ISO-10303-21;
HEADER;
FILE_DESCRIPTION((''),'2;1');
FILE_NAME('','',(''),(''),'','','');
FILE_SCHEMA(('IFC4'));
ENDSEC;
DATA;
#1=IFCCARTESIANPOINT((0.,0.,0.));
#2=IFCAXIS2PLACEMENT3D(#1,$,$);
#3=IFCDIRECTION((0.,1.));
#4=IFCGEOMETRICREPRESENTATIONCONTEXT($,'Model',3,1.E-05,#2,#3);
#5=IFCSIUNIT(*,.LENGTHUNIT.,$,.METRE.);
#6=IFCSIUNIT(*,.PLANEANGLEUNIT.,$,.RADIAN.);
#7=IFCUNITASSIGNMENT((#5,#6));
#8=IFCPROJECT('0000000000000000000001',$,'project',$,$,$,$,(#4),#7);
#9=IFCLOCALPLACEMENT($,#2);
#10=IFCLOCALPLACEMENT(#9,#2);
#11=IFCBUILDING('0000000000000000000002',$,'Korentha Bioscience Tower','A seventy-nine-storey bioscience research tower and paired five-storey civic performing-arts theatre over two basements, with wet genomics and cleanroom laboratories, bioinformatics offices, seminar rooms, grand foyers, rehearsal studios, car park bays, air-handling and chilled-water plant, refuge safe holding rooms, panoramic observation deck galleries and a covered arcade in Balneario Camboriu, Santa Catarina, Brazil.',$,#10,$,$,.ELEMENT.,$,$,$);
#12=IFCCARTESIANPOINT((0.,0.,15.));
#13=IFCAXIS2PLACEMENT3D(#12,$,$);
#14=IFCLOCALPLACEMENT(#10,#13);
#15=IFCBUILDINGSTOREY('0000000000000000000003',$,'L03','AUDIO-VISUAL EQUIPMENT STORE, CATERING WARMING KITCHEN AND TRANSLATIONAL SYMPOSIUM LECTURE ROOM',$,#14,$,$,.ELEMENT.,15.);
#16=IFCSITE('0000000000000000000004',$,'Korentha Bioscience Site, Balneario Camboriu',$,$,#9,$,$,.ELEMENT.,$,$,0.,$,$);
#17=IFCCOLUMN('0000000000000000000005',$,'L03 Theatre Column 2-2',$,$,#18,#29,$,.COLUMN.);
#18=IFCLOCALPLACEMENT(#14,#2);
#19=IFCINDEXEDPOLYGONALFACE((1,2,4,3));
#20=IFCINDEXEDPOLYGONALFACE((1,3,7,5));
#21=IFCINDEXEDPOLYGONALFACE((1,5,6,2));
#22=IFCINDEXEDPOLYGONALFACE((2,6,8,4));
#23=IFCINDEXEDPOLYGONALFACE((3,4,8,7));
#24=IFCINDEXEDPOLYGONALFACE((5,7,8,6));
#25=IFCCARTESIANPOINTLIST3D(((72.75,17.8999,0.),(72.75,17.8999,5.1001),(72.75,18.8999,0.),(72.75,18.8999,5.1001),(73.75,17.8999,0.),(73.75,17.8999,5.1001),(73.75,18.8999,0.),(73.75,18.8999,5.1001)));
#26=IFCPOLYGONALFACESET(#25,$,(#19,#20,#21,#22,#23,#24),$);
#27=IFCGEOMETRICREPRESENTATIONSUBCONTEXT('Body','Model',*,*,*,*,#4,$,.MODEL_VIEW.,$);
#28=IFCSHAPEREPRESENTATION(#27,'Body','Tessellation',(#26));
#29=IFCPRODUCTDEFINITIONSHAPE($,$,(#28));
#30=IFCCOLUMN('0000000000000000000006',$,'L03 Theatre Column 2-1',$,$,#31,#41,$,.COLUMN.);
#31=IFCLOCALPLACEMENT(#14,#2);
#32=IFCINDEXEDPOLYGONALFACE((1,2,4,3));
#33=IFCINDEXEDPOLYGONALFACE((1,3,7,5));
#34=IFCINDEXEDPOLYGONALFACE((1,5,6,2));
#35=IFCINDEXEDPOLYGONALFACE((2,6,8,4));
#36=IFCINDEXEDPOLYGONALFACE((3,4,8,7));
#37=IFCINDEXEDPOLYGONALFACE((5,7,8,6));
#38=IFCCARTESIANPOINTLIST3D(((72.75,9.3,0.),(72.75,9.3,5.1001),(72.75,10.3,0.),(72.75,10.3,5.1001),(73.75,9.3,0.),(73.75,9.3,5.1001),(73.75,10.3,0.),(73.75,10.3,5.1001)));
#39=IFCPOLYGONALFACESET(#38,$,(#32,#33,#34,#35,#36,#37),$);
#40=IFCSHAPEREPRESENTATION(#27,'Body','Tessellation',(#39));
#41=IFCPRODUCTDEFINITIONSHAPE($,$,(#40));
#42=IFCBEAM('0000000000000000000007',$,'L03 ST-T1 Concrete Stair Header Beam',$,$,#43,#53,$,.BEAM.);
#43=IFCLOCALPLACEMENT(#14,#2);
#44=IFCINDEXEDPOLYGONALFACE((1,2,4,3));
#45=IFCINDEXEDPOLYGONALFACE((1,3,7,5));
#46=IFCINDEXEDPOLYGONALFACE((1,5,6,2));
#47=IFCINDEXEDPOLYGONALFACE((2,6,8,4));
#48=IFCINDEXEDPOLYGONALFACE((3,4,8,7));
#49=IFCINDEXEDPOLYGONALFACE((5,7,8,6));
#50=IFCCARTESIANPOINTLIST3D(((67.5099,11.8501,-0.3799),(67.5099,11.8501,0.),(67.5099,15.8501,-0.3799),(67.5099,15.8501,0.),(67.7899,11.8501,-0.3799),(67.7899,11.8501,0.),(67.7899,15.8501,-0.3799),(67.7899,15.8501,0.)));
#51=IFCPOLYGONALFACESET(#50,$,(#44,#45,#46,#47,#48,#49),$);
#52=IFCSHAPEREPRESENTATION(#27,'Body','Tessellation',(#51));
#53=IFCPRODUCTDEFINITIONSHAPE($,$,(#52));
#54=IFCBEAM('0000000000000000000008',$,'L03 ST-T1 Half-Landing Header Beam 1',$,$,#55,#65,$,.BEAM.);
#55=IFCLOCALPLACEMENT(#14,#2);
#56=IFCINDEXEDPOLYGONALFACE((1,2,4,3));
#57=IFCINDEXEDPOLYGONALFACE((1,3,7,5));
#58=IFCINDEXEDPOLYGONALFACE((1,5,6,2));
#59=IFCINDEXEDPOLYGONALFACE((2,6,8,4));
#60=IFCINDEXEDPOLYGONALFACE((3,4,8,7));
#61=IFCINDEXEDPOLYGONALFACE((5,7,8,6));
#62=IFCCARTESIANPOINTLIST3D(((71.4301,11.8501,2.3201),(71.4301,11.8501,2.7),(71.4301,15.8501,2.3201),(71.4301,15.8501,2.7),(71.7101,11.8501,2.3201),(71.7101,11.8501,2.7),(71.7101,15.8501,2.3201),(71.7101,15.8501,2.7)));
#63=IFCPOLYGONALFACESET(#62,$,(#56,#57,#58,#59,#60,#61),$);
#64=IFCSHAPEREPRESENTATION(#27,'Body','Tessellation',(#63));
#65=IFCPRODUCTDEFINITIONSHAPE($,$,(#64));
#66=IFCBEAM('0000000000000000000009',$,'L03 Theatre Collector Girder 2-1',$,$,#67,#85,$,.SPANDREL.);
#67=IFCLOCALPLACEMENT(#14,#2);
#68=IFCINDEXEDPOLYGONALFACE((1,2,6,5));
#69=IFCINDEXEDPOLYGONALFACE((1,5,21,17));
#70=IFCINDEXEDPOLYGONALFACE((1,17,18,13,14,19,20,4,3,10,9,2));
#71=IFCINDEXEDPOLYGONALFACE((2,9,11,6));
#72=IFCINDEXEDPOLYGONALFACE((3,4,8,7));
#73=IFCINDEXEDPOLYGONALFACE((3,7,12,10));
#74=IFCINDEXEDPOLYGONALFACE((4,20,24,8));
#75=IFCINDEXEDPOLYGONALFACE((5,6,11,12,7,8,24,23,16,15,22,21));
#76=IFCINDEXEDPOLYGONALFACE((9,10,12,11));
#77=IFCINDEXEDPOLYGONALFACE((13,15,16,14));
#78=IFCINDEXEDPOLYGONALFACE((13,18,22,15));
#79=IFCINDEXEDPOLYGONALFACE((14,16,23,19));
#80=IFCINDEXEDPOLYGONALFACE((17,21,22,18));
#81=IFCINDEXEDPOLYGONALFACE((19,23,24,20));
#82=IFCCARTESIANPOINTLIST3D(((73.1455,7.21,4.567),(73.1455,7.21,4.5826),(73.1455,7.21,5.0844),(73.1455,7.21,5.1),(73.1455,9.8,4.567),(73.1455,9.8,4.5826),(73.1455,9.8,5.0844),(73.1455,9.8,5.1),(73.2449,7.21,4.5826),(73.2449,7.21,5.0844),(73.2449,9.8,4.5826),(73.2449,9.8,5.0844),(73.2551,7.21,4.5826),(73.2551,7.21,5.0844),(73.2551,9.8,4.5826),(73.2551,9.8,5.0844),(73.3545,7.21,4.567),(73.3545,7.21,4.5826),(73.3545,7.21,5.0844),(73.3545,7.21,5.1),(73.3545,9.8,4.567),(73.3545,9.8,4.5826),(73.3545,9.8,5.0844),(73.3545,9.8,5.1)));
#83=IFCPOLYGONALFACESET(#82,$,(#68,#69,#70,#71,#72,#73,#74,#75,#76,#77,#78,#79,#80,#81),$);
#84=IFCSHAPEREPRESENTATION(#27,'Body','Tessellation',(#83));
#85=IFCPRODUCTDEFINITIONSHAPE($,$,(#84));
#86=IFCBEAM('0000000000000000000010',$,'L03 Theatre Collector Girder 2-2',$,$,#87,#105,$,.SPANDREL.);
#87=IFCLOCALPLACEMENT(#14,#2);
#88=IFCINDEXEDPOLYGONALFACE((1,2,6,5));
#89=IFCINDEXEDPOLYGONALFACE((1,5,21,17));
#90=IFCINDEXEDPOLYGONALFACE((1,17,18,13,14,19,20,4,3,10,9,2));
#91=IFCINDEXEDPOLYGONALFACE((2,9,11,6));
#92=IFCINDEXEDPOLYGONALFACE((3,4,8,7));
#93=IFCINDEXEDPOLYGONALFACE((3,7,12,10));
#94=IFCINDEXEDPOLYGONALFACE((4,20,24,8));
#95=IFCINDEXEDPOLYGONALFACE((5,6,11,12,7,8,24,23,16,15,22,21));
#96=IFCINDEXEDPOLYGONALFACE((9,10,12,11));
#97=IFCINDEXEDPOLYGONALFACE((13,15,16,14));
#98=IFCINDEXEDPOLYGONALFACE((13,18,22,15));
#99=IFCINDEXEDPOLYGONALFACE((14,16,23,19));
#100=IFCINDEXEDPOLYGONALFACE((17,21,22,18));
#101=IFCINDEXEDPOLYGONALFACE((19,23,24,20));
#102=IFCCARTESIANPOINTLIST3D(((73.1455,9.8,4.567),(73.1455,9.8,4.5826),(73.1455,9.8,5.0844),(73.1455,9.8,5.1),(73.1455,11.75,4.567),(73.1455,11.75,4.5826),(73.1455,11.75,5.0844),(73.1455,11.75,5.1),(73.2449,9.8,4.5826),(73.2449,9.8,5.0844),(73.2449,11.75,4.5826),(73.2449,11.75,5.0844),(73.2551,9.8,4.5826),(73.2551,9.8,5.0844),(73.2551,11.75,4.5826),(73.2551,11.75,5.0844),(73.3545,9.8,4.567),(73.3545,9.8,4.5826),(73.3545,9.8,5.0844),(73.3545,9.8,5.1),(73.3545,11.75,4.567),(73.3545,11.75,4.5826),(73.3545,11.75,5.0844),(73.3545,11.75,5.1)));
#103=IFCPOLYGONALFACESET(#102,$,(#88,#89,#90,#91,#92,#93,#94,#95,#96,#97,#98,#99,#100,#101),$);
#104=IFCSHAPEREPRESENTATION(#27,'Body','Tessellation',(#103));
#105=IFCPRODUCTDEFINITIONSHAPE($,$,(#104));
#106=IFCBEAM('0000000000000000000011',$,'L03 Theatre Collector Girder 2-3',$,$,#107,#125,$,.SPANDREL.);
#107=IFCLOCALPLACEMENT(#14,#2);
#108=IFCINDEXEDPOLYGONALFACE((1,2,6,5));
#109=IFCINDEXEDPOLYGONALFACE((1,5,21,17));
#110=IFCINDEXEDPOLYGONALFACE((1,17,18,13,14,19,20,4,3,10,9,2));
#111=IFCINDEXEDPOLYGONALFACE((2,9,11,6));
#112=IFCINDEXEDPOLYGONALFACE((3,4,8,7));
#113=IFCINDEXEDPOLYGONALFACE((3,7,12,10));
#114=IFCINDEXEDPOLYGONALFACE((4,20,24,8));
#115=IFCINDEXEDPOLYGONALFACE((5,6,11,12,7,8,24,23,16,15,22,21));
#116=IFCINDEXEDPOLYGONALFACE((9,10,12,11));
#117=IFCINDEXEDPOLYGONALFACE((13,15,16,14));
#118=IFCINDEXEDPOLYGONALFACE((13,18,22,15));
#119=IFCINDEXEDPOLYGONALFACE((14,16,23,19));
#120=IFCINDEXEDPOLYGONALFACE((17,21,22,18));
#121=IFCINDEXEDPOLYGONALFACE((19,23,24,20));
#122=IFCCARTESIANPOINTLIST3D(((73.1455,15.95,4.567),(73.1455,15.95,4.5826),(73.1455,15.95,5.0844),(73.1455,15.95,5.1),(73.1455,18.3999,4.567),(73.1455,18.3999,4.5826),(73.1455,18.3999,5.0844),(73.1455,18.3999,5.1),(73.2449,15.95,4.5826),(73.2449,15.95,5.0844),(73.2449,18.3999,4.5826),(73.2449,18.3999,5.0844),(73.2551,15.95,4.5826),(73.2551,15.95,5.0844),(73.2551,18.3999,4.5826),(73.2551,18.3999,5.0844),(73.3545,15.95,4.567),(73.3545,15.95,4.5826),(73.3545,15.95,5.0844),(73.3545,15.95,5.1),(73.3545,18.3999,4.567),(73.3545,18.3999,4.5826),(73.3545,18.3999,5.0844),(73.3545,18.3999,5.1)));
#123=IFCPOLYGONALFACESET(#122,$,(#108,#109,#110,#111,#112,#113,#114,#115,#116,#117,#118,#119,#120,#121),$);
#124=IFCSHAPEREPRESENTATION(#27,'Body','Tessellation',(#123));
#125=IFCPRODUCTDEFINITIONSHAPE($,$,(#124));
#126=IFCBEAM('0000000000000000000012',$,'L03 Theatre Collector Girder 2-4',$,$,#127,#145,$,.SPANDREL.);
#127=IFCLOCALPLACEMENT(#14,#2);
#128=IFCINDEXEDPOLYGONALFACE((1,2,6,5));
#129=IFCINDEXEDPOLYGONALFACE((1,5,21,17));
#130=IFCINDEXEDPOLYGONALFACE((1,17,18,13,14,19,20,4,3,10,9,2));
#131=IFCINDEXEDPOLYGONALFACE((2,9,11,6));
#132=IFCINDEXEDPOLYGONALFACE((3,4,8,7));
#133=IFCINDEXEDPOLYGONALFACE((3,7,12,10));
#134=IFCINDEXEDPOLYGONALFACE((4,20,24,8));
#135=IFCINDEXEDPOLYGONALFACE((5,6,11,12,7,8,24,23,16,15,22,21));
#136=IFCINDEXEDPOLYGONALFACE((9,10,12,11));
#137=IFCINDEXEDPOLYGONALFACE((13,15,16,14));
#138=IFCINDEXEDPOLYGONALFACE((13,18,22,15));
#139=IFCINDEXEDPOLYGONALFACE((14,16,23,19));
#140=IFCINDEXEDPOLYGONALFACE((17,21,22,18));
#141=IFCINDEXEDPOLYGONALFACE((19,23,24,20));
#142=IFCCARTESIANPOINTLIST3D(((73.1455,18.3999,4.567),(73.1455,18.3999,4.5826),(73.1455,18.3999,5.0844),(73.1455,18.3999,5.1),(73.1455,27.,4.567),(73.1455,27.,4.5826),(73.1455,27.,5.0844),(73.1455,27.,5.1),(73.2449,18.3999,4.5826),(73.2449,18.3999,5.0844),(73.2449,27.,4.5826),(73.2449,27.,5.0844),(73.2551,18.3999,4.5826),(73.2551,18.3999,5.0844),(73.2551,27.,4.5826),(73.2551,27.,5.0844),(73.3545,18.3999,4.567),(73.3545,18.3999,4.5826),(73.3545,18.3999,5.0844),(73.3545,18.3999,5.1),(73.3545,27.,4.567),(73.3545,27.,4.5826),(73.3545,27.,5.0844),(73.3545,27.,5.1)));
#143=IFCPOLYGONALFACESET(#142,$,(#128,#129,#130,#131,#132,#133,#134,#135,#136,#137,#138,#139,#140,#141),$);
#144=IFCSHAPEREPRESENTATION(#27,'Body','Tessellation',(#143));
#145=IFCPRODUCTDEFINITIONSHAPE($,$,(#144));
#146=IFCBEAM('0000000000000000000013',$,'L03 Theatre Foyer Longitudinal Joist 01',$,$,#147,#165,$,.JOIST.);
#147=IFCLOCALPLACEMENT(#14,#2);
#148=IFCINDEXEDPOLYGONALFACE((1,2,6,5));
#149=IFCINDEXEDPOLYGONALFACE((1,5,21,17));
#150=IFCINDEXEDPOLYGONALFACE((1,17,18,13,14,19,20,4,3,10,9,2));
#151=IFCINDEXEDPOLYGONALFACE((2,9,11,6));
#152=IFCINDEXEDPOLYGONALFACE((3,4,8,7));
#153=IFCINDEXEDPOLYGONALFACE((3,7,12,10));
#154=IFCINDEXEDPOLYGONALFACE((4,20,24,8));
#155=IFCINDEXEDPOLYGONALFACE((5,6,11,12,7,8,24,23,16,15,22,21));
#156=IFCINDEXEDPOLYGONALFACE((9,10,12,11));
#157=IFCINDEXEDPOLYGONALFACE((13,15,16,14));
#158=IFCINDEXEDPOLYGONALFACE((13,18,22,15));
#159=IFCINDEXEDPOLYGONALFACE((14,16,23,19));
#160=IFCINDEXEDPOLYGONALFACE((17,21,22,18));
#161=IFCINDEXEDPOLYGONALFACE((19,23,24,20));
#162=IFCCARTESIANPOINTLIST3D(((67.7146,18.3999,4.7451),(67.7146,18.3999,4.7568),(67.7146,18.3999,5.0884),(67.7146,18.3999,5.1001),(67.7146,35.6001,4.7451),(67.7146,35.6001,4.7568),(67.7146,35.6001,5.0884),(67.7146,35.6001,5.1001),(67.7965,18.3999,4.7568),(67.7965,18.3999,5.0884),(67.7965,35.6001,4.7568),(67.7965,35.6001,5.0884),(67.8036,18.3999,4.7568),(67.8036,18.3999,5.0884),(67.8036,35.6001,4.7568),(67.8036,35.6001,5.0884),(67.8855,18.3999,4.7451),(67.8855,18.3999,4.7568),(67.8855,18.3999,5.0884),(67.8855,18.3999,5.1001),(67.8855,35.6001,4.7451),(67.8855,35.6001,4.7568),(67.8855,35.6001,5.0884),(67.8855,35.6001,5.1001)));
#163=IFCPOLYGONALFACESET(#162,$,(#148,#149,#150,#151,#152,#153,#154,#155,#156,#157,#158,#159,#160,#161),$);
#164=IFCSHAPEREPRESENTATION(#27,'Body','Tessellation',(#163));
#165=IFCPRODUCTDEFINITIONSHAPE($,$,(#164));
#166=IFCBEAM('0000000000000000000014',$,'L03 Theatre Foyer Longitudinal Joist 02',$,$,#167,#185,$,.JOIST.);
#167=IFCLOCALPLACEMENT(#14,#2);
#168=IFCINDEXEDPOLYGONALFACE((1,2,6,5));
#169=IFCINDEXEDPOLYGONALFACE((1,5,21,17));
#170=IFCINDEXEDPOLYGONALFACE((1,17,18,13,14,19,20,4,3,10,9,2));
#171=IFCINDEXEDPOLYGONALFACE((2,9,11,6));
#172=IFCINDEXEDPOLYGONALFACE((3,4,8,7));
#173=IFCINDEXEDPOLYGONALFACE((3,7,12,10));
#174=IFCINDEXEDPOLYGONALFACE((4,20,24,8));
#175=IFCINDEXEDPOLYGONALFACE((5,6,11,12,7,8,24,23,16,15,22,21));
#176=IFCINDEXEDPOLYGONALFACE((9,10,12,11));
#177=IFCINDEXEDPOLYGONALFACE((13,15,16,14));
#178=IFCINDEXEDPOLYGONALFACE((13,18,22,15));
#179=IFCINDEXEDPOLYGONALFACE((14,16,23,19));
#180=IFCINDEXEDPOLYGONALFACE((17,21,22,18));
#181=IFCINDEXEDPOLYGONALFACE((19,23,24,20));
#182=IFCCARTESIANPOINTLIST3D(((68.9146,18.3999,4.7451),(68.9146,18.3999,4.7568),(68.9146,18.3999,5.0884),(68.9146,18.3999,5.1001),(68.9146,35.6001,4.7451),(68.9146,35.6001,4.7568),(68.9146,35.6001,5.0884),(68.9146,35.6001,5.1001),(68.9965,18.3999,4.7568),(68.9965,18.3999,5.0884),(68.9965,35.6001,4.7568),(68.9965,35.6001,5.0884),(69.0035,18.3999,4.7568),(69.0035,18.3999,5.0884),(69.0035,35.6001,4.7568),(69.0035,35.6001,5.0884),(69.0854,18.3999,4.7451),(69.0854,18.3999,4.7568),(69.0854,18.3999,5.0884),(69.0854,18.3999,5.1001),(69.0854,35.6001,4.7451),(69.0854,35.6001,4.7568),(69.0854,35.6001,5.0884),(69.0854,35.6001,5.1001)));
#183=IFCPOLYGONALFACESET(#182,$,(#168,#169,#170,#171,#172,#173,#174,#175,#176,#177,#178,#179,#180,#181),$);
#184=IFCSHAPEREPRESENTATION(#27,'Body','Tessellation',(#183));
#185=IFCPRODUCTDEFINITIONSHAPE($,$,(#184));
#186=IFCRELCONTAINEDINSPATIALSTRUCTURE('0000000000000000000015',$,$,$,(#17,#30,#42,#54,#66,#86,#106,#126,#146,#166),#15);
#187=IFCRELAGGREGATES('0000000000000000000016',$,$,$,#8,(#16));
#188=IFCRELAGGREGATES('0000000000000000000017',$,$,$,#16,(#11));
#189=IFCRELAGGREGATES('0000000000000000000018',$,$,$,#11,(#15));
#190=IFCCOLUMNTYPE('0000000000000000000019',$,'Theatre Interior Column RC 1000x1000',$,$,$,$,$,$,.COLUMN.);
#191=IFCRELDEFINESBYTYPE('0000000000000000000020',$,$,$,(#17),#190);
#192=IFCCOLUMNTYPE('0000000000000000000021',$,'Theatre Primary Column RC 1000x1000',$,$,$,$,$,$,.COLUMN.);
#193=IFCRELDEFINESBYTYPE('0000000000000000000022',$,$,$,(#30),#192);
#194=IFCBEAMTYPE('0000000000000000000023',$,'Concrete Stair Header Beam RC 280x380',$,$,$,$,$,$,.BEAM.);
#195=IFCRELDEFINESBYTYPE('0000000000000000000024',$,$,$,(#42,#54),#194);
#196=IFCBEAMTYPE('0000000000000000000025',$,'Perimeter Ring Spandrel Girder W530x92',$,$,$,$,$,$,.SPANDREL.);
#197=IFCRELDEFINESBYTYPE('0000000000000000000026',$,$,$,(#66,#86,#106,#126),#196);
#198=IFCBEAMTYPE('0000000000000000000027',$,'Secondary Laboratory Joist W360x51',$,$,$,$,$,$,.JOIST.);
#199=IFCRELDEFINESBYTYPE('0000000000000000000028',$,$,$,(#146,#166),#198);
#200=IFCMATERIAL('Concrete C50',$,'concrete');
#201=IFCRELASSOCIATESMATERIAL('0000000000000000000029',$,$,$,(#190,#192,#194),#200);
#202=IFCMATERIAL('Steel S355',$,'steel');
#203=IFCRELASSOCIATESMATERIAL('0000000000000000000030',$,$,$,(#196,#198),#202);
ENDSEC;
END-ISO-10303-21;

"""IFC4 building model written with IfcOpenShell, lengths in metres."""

from ifc_helpers import new_model, si_unit, direction, frame, origin, origin_2d, place, context, subcontext, project, spatial, rectangle, i_section, extrude, material, material_profile, profile_set, type_object, element, save


model = new_model("IFC4")

# Units and contexts
model_context = context("Model", 3, precision=1e-05, world=origin(), true_north=direction((0.0, 1.0)))
body_context = subcontext(model_context, "Body", "Model", "MODEL_VIEW")
ifc_project = project(units=[si_unit("LENGTHUNIT", "METRE"), si_unit("PLANEANGLEUNIT", "RADIAN")], contexts=[model_context])

# Site, building, storey
site_placement = place(None, origin())
site = spatial("IfcSite", under=ifc_project, at=site_placement, Name="Korentha Bioscience Site, Balneario Camboriu", CompositionType="ELEMENT", RefElevation=0.0)
building_placement = place(site_placement, origin())
building = spatial("IfcBuilding", under=site, at=building_placement, Name="Korentha Bioscience Tower", Description="A seventy-nine-storey bioscience research tower and paired five-storey civic performing-arts theatre over two basements, with wet genomics and cleanroom laboratories, bioinformatics offices, seminar rooms, grand foyers, rehearsal studios, car park bays, air-handling and chilled-water plant, refuge safe holding rooms, panoramic observation deck galleries and a covered arcade in Balneario Camboriu, Santa Catarina, Brazil.", CompositionType="ELEMENT")
storey_placement = place(building_placement, frame((0.0, 0.0, 15.0)))
storey = spatial("IfcBuildingStorey", under=building, at=storey_placement, Name="L03", Description="AUDIO-VISUAL EQUIPMENT STORE, CATERING WARMING KITCHEN AND TRANSLATIONAL SYMPOSIUM LECTURE ROOM", CompositionType="ELEMENT", Elevation=15.0)

# Columns
ifc_material_1 = material(Name="Concrete C50", Category="concrete")
ifc_material_profile_1 = material_profile(ifc_material_1, rectangle(XDim=1.0, YDim=1.0, at=origin_2d()), Name="Concrete C50")
ifc_profile_set_1 = profile_set([ifc_material_profile_1], Name="Concrete C50 (TC-I01)")
column_type_1 = type_object("IfcColumnType", Name="Theatre Interior Column RC 1000x1000", PredefinedType="COLUMN", material=ifc_profile_set_1)
column_1_placement = place(storey_placement, frame((73.25, 18.3999, 0.0), z_axis=(0.0, 0.0, 1.0), x_axis=(1.0, 0.0, 0.0)))
element("IfcColumn", 1, at=column_1_placement, inside=storey, type_object=column_type_1, Name="L03 Theatre Column 2-2", PredefinedType="COLUMN", context=body_context, shape_type="SweptSolid", body=[
    extrude(rectangle(XDim=1.0, YDim=1.0, at=origin_2d()), origin(), (0.0, 0.0, 1.0), 5.1001),
])
ifc_material_profile_2 = material_profile(ifc_material_1, rectangle(XDim=1.0, YDim=1.0, at=origin_2d()), Name="Concrete C50")
ifc_profile_set_2 = profile_set([ifc_material_profile_2], Name="Concrete C50 (TC-01)")
column_type_2 = type_object("IfcColumnType", Name="Theatre Primary Column RC 1000x1000", PredefinedType="COLUMN", material=ifc_profile_set_2)
column_2_placement = place(storey_placement, frame((73.25, 9.8, 0.0), z_axis=(0.0, 0.0, 1.0), x_axis=(1.0, 0.0, 0.0)))
element("IfcColumn", 2, at=column_2_placement, inside=storey, type_object=column_type_2, Name="L03 Theatre Column 2-1", PredefinedType="COLUMN", context=body_context, shape_type="SweptSolid", body=[
    extrude(rectangle(XDim=1.0, YDim=1.0, at=origin_2d()), origin(), (0.0, 0.0, 1.0), 5.1001),
])

# Beams
ifc_material_profile_3 = material_profile(ifc_material_1, rectangle(XDim=0.28, YDim=0.3799, at=origin_2d()), Name="Concrete C50")
ifc_profile_set_3 = profile_set([ifc_material_profile_3], Name="Concrete C50 (ST-HB380)")
beam_type_1 = type_object("IfcBeamType", Name="Concrete Stair Header Beam RC 280x380", PredefinedType="BEAM", material=ifc_profile_set_3)
for number, where, z_axis, x_axis, name in (
    (3, (67.6499, 11.8501, -0.1899), (0.0, 1.0, 0.0), (-1.0, 0.0, 0.0), "L03 ST-T1 Concrete Stair Header Beam"),
    (4, (71.5701, 11.8501, 2.51), (0.0, 1.0, 0.0), (-1.0, 0.0, 0.0), "L03 ST-T1 Half-Landing Header Beam 1"),
):
    element("IfcBeam", number, at=place(storey_placement, frame(where, z_axis=z_axis, x_axis=x_axis)), inside=storey, type_object=beam_type_1, Name=name, PredefinedType="BEAM", context=body_context, shape_type="SweptSolid", body=[
        extrude(rectangle(XDim=0.28, YDim=0.3799, at=origin_2d()), origin(), (0.0, 0.0, 1.0), 4.0),
    ])
ifc_material_2 = material(Name="Steel S355", Category="steel")
ifc_material_profile_4 = material_profile(ifc_material_2, i_section(OverallWidth=0.209, OverallDepth=0.533, WebThickness=0.0103, FlangeThickness=0.0156, at=origin_2d()), Name="Steel S355")
ifc_profile_set_4 = profile_set([ifc_material_profile_4], Name="Steel S355 (SB-530)")
beam_type_2 = type_object("IfcBeamType", Name="Perimeter Ring Spandrel Girder W530x92", PredefinedType="SPANDREL", material=ifc_profile_set_4)
beam_1_placement = place(storey_placement, frame((73.25, 7.21, 4.8335), z_axis=(0.0, 1.0, 0.0), x_axis=(-1.0, 0.0, 0.0)))
element("IfcBeam", 5, at=beam_1_placement, inside=storey, type_object=beam_type_2, Name="L03 Theatre Collector Girder 2-1", PredefinedType="SPANDREL", context=body_context, shape_type="SweptSolid", body=[
    extrude(i_section(OverallWidth=0.209, OverallDepth=0.533, WebThickness=0.0103, FlangeThickness=0.0156, at=origin_2d()), origin(), (0.0, 0.0, 1.0), 2.5901),
])
beam_2_placement = place(storey_placement, frame((73.25, 9.8, 4.8335), z_axis=(0.0, 1.0, 0.0), x_axis=(-1.0, 0.0, 0.0)))
element("IfcBeam", 6, at=beam_2_placement, inside=storey, type_object=beam_type_2, Name="L03 Theatre Collector Girder 2-2", PredefinedType="SPANDREL", context=body_context, shape_type="SweptSolid", body=[
    extrude(i_section(OverallWidth=0.209, OverallDepth=0.533, WebThickness=0.0103, FlangeThickness=0.0156, at=origin_2d()), origin(), (0.0, 0.0, 1.0), 1.95),
])
beam_3_placement = place(storey_placement, frame((73.25, 15.95, 4.8335), z_axis=(0.0, 1.0, 0.0), x_axis=(-1.0, 0.0, 0.0)))
element("IfcBeam", 7, at=beam_3_placement, inside=storey, type_object=beam_type_2, Name="L03 Theatre Collector Girder 2-3", PredefinedType="SPANDREL", context=body_context, shape_type="SweptSolid", body=[
    extrude(i_section(OverallWidth=0.209, OverallDepth=0.533, WebThickness=0.0103, FlangeThickness=0.0156, at=origin_2d()), origin(), (0.0, 0.0, 1.0), 2.45),
])
beam_4_placement = place(storey_placement, frame((73.25, 18.3999, 4.8335), z_axis=(0.0, 1.0, 0.0), x_axis=(-1.0, 0.0, 0.0)))
element("IfcBeam", 8, at=beam_4_placement, inside=storey, type_object=beam_type_2, Name="L03 Theatre Collector Girder 2-4", PredefinedType="SPANDREL", context=body_context, shape_type="SweptSolid", body=[
    extrude(i_section(OverallWidth=0.209, OverallDepth=0.533, WebThickness=0.0103, FlangeThickness=0.0156, at=origin_2d()), origin(), (0.0, 0.0, 1.0), 8.6001),
])
ifc_material_profile_5 = material_profile(ifc_material_2, i_section(OverallWidth=0.1709, OverallDepth=0.355, WebThickness=0.0071, FlangeThickness=0.0117, at=origin_2d()), Name="Steel S355")
ifc_profile_set_5 = profile_set([ifc_material_profile_5], Name="Steel S355 (JB-360)")
beam_type_3 = type_object("IfcBeamType", Name="Secondary Laboratory Joist W360x51", PredefinedType="JOIST", material=ifc_profile_set_5)
for number, where, z_axis, x_axis, name in (
    (9, (67.8, 18.3999, 4.9226), (0.0, 1.0, 0.0), (-1.0, 0.0, 0.0), "L03 Theatre Foyer Longitudinal Joist 01"),
    (10, (69.0, 18.3999, 4.9226), (0.0, 1.0, 0.0), (-1.0, 0.0, 0.0), "L03 Theatre Foyer Longitudinal Joist 02"),
):
    element("IfcBeam", number, at=place(storey_placement, frame(where, z_axis=z_axis, x_axis=x_axis)), inside=storey, type_object=beam_type_3, Name=name, PredefinedType="JOIST", context=body_context, shape_type="SweptSolid", body=[
        extrude(i_section(OverallWidth=0.1709, OverallDepth=0.355, WebThickness=0.0071, FlangeThickness=0.0117, at=origin_2d()), origin(), (0.0, 0.0, 1.0), 17.2002),
    ])

save(model, "model.ifc")
